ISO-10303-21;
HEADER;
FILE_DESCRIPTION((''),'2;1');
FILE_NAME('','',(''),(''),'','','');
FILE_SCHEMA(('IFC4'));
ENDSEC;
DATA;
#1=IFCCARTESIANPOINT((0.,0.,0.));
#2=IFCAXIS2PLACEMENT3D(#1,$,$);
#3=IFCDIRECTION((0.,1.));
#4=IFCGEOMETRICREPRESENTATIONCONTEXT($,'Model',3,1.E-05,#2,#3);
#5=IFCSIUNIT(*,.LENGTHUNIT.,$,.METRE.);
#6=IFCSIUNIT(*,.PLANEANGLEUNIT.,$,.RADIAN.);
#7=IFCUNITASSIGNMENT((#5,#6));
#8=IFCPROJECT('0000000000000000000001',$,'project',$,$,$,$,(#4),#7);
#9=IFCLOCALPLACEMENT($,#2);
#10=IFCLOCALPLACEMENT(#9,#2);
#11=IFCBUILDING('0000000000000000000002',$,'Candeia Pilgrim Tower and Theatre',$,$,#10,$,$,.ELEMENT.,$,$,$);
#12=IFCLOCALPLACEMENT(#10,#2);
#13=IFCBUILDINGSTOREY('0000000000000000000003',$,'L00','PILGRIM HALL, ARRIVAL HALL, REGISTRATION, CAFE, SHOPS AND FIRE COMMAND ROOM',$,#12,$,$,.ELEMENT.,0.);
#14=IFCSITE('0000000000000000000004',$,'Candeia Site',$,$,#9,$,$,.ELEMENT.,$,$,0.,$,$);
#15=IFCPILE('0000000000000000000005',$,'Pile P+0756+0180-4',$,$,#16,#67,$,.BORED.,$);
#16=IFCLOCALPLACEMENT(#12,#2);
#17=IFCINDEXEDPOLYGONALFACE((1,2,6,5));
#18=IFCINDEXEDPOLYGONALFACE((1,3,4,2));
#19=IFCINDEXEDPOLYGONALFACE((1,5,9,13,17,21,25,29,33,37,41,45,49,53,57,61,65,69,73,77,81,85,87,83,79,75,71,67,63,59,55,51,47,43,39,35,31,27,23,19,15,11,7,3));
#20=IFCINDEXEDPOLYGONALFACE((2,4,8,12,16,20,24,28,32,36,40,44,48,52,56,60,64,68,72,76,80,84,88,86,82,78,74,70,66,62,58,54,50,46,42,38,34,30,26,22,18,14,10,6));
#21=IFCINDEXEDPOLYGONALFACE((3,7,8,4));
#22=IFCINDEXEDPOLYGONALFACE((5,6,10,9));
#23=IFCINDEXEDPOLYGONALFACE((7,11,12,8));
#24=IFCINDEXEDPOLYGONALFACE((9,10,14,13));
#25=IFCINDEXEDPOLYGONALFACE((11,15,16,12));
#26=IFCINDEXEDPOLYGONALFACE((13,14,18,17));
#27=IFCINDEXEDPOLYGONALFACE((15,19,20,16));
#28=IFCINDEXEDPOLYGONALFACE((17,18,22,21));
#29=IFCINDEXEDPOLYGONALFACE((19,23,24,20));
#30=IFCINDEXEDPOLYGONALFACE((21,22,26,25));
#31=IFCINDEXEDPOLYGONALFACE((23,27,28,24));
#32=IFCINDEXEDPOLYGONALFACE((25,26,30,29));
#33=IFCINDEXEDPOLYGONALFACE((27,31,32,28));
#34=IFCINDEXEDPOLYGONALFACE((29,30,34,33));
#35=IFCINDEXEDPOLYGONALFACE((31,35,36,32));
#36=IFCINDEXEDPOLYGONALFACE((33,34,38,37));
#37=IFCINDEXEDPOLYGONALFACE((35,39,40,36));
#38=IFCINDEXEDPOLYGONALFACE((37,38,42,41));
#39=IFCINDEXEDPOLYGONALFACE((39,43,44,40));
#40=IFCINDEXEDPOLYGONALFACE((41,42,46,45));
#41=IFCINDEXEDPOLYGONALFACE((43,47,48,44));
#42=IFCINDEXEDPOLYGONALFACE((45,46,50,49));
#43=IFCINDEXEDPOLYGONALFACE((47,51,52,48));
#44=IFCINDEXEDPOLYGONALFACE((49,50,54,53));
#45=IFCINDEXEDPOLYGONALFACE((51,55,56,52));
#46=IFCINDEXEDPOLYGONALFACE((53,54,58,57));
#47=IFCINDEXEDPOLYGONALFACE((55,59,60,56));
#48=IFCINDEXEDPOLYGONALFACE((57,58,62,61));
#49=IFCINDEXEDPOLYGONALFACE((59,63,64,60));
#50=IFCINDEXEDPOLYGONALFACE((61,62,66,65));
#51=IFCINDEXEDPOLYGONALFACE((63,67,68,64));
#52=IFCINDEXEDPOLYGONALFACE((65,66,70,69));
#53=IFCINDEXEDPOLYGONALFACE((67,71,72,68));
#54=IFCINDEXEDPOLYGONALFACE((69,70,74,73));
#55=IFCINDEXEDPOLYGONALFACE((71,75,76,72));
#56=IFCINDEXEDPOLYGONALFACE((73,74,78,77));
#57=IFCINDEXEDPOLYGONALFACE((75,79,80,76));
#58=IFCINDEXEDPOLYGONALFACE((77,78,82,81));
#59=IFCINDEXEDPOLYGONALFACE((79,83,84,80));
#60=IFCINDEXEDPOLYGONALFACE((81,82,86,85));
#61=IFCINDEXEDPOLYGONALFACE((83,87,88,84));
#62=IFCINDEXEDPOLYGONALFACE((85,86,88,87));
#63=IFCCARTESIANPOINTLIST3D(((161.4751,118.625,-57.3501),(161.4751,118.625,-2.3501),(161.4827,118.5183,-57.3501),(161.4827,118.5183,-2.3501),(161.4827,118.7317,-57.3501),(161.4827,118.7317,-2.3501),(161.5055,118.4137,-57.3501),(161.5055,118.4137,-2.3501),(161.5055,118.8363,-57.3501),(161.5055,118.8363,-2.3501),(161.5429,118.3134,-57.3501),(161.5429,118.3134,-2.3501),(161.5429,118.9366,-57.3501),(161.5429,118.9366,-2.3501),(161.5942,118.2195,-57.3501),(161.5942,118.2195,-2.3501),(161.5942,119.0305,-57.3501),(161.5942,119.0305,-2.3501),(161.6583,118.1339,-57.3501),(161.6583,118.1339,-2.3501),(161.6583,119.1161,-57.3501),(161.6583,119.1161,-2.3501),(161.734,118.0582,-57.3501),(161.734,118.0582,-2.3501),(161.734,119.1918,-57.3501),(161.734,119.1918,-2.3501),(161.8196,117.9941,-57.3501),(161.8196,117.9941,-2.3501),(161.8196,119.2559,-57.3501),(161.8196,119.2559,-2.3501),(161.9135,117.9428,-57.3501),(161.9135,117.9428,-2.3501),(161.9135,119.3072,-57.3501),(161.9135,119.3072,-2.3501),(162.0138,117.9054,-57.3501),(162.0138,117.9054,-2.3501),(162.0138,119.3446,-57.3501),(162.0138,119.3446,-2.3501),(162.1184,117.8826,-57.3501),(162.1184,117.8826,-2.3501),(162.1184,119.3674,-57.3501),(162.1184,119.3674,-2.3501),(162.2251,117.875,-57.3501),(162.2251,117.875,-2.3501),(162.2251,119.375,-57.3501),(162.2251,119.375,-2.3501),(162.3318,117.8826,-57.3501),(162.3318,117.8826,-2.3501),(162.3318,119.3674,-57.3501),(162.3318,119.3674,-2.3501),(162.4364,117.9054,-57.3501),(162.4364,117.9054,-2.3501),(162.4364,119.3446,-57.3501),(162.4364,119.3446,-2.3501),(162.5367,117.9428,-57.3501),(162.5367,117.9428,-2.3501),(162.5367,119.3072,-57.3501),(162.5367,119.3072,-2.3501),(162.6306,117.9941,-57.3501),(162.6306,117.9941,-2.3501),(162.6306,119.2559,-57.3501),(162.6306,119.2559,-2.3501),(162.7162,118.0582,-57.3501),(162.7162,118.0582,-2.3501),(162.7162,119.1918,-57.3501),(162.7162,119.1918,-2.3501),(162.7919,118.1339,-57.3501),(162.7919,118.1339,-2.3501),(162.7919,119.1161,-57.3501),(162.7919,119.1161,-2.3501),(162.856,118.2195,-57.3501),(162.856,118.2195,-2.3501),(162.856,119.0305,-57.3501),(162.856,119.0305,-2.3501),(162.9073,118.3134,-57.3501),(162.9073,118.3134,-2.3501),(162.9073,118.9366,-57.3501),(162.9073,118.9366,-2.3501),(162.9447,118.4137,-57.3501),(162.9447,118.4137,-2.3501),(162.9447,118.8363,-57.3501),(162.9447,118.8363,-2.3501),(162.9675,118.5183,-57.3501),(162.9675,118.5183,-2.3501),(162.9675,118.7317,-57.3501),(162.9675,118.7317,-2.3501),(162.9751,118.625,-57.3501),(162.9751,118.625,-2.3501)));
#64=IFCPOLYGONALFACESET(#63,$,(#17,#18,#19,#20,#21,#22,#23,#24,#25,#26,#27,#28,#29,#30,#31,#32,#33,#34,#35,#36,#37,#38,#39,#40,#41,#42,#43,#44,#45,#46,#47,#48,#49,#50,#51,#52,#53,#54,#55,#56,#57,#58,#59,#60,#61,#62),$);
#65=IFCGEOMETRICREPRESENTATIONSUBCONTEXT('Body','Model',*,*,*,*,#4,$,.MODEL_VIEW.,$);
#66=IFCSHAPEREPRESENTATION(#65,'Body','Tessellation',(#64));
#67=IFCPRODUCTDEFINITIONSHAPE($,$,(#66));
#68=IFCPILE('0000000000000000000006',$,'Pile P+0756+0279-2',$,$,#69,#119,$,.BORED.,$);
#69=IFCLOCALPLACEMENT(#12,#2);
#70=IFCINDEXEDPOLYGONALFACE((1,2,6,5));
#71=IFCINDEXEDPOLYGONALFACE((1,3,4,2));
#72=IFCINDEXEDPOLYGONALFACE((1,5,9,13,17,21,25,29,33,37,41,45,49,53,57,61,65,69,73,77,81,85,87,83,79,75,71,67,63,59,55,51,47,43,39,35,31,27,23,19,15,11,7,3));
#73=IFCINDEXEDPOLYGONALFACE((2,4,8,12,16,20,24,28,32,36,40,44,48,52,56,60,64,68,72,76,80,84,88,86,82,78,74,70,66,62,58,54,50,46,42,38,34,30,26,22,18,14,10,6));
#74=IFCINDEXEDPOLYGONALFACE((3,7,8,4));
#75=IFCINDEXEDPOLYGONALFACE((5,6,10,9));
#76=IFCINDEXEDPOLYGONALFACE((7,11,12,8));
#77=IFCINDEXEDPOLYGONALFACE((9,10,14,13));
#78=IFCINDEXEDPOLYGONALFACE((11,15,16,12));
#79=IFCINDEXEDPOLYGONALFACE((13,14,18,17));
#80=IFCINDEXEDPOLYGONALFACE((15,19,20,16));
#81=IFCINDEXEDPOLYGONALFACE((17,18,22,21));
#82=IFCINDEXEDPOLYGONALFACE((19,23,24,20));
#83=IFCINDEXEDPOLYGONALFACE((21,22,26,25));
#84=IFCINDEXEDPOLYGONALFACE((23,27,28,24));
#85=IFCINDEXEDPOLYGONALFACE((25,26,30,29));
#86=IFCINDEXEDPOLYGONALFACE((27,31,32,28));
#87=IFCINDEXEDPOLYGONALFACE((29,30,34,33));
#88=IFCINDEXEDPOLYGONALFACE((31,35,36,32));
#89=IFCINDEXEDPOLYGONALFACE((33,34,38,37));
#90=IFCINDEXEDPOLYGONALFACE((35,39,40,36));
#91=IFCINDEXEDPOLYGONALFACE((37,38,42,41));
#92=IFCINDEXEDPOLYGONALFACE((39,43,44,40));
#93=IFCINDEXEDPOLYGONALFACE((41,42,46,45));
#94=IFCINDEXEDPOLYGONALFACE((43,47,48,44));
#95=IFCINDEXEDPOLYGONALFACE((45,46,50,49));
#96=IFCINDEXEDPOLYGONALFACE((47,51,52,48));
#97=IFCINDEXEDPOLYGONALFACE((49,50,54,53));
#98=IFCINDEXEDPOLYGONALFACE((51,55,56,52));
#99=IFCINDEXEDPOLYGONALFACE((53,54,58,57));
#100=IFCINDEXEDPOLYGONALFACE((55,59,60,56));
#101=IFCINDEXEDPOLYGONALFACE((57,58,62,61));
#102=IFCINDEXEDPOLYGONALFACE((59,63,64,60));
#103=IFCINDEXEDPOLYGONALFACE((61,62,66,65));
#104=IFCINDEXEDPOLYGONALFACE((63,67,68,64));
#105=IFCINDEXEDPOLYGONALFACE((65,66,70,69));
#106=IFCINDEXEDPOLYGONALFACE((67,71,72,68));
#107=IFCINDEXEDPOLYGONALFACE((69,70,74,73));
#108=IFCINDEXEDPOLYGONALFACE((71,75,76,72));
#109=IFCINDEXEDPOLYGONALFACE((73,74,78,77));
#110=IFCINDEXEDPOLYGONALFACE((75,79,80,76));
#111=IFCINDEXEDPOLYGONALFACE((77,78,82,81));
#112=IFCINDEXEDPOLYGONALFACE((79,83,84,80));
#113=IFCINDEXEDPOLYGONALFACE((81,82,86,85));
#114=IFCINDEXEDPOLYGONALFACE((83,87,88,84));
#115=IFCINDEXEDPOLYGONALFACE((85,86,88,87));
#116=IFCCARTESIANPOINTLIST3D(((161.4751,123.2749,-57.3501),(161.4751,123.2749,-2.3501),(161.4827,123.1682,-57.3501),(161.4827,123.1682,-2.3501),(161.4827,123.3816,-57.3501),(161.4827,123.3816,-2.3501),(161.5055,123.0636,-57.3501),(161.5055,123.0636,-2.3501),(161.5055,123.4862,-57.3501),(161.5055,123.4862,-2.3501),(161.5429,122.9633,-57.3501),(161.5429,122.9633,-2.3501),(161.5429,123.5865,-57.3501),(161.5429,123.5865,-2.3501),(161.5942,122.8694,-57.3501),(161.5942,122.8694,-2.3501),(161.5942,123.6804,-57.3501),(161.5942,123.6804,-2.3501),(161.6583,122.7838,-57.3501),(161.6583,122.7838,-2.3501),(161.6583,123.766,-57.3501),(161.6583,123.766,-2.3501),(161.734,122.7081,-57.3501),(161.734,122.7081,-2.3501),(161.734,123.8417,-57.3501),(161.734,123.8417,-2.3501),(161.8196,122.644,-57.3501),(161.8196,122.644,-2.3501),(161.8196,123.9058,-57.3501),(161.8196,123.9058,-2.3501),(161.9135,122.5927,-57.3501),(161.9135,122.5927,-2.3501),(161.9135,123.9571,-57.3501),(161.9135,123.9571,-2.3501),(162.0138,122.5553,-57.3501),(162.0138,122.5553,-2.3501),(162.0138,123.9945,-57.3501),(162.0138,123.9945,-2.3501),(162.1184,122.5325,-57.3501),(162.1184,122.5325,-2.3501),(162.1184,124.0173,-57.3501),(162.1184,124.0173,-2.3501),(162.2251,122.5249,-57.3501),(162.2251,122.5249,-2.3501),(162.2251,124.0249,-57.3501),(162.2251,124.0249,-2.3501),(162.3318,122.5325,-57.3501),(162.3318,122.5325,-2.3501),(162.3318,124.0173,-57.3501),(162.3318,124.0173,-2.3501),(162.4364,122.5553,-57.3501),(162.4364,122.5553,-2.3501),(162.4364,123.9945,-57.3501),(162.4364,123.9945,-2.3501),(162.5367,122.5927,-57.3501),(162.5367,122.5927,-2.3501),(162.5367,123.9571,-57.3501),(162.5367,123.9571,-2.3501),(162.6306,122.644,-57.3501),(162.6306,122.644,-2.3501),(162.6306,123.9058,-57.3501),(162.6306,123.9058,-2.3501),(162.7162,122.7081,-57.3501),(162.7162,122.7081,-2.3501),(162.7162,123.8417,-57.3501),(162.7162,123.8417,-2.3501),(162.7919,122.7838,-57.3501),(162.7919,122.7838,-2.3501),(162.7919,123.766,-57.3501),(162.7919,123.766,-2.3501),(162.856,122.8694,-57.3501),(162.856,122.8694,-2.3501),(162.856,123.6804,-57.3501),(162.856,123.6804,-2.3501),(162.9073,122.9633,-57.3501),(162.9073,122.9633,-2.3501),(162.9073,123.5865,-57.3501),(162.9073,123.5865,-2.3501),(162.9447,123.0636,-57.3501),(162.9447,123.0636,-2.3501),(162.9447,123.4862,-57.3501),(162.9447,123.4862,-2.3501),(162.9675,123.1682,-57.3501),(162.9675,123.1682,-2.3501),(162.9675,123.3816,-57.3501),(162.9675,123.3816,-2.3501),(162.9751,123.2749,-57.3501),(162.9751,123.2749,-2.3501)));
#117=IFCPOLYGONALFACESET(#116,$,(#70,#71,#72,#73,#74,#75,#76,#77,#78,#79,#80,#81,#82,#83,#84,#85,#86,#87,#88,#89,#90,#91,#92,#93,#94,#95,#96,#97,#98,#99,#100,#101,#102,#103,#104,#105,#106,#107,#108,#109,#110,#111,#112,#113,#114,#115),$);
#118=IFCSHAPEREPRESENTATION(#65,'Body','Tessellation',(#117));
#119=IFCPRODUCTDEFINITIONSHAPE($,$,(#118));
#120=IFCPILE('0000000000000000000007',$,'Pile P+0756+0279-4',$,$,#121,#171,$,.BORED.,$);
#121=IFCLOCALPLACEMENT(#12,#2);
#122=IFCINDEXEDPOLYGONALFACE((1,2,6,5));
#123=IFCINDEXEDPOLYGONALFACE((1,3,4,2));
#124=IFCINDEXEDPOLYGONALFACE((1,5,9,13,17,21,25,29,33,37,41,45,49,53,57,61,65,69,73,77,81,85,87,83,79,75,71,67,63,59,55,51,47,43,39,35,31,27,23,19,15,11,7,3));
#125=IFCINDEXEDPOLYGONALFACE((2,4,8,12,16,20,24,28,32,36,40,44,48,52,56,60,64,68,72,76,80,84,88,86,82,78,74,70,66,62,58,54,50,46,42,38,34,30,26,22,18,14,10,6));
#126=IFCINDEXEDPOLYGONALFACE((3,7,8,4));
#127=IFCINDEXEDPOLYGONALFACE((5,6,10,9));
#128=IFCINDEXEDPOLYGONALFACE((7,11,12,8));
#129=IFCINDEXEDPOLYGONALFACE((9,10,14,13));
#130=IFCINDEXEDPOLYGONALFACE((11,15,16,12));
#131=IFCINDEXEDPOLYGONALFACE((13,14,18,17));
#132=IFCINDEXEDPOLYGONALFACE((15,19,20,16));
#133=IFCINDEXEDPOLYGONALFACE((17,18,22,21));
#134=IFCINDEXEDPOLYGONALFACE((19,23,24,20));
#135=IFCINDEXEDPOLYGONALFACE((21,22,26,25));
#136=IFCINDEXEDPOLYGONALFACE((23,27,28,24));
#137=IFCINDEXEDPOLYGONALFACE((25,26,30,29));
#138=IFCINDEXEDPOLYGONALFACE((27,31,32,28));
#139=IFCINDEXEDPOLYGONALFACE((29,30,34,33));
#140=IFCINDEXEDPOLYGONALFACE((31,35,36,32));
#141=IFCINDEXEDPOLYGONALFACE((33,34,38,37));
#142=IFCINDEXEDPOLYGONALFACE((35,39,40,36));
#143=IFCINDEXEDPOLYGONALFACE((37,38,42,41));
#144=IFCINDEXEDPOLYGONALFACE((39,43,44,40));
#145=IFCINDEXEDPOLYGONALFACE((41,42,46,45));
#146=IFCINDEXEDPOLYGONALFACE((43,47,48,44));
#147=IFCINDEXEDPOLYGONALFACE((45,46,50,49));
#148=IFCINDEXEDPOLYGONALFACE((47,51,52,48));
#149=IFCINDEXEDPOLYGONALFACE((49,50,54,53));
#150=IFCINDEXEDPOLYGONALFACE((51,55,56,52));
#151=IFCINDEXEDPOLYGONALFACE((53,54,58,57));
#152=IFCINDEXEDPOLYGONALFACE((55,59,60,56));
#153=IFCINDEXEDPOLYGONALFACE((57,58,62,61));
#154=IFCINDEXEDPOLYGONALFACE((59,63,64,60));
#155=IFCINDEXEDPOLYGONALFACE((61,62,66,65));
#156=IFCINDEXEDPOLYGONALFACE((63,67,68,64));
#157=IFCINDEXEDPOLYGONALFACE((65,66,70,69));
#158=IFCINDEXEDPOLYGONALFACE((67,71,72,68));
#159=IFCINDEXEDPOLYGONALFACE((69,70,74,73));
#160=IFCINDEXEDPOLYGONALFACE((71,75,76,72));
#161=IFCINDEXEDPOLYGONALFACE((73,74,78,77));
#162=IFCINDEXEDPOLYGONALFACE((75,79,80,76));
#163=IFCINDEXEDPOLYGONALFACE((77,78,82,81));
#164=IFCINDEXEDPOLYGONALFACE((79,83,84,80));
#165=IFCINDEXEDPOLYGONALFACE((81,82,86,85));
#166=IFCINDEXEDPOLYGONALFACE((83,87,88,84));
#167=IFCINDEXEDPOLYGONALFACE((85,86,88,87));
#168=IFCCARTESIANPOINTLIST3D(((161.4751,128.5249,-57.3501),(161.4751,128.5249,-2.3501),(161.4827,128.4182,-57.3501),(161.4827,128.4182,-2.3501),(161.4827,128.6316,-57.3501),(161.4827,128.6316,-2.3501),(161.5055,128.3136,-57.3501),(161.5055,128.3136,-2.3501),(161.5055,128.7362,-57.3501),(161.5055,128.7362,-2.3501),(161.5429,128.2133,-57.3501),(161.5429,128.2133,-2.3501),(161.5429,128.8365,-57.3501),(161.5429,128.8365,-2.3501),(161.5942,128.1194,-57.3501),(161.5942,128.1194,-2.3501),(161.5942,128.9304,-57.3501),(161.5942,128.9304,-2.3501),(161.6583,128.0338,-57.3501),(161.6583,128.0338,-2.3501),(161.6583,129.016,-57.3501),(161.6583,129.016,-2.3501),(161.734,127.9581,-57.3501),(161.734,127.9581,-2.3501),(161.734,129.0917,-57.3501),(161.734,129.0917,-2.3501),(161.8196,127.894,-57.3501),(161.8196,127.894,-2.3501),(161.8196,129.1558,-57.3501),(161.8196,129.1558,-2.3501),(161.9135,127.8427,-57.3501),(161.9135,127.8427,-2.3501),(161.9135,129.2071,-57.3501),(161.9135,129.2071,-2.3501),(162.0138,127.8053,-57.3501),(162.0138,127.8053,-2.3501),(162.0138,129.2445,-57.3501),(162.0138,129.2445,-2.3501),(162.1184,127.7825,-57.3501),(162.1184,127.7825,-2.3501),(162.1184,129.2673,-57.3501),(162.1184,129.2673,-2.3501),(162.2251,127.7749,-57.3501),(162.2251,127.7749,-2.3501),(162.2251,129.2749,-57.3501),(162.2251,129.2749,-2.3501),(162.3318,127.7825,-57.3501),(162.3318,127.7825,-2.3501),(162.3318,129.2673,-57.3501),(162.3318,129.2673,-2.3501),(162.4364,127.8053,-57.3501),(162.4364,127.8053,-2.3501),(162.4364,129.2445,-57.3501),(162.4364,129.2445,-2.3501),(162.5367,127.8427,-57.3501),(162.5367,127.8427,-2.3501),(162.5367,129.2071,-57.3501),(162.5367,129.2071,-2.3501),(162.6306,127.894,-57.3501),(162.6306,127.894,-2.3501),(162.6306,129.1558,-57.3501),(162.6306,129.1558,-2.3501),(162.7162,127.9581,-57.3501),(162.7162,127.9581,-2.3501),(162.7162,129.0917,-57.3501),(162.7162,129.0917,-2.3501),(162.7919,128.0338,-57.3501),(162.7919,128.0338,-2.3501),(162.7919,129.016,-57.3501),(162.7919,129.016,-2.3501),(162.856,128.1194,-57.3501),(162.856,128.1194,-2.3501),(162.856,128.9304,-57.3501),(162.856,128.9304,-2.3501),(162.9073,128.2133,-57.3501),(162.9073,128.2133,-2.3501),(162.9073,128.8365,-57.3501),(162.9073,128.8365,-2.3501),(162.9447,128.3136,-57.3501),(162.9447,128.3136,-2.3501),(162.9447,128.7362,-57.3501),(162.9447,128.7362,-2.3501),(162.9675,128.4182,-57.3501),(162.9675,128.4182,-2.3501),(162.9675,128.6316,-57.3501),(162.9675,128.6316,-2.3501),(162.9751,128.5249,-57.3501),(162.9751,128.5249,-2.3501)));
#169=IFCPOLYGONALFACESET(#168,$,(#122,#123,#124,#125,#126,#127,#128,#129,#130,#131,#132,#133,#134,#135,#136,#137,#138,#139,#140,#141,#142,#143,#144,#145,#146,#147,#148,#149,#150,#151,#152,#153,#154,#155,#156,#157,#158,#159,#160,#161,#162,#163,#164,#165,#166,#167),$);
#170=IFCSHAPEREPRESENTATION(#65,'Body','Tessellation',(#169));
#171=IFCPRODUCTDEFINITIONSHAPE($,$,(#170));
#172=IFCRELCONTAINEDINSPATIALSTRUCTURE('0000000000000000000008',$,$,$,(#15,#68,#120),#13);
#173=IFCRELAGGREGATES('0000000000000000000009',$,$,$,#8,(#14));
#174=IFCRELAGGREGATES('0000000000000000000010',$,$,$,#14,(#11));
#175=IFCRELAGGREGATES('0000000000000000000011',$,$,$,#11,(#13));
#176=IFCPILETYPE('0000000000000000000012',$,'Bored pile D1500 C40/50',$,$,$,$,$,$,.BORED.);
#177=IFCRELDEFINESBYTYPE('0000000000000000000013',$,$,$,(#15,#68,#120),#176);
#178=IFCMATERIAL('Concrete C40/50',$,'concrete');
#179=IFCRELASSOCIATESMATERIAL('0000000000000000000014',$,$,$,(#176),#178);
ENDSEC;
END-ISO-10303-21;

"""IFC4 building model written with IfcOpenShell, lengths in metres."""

from ifc_helpers import new_model, si_unit, direction, frame, origin, origin_2d, place, context, subcontext, project, spatial, circle, extrude, material, material_profile, profile_set, type_object, element, save


model = new_model("IFC4")

# Units and contexts
model_context = context("Model", 3, precision=1e-05, world=origin(), true_north=direction((0.0, 1.0)))
body_context = subcontext(model_context, "Body", "Model", "MODEL_VIEW")
ifc_project = project(units=[si_unit("LENGTHUNIT", "METRE"), si_unit("PLANEANGLEUNIT", "RADIAN")], contexts=[model_context])

# Site, building, storey
site_placement = place(None, origin())
site = spatial("IfcSite", under=ifc_project, at=site_placement, Name="Candeia Site", CompositionType="ELEMENT", RefElevation=0.0)
building_placement = place(site_placement, origin())
building = spatial("IfcBuilding", under=site, at=building_placement, Name="Candeia Pilgrim Tower and Theatre", CompositionType="ELEMENT")
storey_placement = place(building_placement, origin())
storey = spatial("IfcBuildingStorey", under=building, at=storey_placement, Name="L00", Description="PILGRIM HALL, ARRIVAL HALL, REGISTRATION, CAFE, SHOPS AND FIRE COMMAND ROOM", CompositionType="ELEMENT", Elevation=0.0)

# Piles
ifc_material_1 = material(Name="Concrete C40/50", Category="concrete")
ifc_material_profile_1 = material_profile(ifc_material_1, circle(Radius=0.75, at=origin_2d()))
ifc_profile_set_1 = profile_set([ifc_material_profile_1], Name="Concrete C40/50")
pile_type_1 = type_object("IfcPileType", Name="Bored pile D1500 C40/50", PredefinedType="BORED", material=ifc_profile_set_1)
for number, where, z_axis, x_axis, name in (
    (1, (162.2251, 118.625, -2.3501), (0.0, 0.0, -1.0), (1.0, 0.0, 0.0), "Pile P+0756+0180-4"),
    (2, (162.2251, 123.2749, -2.3501), (0.0, 0.0, -1.0), (1.0, 0.0, 0.0), "Pile P+0756+0279-2"),
    (3, (162.2251, 128.5249, -2.3501), (0.0, 0.0, -1.0), (1.0, 0.0, 0.0), "Pile P+0756+0279-4"),
):
    element("IfcPile", number, at=place(storey_placement, frame(where, z_axis=z_axis, x_axis=x_axis)), inside=storey, type_object=pile_type_1, Name=name, PredefinedType="BORED", context=body_context, shape_type="SweptSolid", body=[
        extrude(circle(Radius=0.75, at=origin_2d()), origin(), (0.0, 0.0, 1.0), 55.0),
    ])

save(model, "model.ifc")
